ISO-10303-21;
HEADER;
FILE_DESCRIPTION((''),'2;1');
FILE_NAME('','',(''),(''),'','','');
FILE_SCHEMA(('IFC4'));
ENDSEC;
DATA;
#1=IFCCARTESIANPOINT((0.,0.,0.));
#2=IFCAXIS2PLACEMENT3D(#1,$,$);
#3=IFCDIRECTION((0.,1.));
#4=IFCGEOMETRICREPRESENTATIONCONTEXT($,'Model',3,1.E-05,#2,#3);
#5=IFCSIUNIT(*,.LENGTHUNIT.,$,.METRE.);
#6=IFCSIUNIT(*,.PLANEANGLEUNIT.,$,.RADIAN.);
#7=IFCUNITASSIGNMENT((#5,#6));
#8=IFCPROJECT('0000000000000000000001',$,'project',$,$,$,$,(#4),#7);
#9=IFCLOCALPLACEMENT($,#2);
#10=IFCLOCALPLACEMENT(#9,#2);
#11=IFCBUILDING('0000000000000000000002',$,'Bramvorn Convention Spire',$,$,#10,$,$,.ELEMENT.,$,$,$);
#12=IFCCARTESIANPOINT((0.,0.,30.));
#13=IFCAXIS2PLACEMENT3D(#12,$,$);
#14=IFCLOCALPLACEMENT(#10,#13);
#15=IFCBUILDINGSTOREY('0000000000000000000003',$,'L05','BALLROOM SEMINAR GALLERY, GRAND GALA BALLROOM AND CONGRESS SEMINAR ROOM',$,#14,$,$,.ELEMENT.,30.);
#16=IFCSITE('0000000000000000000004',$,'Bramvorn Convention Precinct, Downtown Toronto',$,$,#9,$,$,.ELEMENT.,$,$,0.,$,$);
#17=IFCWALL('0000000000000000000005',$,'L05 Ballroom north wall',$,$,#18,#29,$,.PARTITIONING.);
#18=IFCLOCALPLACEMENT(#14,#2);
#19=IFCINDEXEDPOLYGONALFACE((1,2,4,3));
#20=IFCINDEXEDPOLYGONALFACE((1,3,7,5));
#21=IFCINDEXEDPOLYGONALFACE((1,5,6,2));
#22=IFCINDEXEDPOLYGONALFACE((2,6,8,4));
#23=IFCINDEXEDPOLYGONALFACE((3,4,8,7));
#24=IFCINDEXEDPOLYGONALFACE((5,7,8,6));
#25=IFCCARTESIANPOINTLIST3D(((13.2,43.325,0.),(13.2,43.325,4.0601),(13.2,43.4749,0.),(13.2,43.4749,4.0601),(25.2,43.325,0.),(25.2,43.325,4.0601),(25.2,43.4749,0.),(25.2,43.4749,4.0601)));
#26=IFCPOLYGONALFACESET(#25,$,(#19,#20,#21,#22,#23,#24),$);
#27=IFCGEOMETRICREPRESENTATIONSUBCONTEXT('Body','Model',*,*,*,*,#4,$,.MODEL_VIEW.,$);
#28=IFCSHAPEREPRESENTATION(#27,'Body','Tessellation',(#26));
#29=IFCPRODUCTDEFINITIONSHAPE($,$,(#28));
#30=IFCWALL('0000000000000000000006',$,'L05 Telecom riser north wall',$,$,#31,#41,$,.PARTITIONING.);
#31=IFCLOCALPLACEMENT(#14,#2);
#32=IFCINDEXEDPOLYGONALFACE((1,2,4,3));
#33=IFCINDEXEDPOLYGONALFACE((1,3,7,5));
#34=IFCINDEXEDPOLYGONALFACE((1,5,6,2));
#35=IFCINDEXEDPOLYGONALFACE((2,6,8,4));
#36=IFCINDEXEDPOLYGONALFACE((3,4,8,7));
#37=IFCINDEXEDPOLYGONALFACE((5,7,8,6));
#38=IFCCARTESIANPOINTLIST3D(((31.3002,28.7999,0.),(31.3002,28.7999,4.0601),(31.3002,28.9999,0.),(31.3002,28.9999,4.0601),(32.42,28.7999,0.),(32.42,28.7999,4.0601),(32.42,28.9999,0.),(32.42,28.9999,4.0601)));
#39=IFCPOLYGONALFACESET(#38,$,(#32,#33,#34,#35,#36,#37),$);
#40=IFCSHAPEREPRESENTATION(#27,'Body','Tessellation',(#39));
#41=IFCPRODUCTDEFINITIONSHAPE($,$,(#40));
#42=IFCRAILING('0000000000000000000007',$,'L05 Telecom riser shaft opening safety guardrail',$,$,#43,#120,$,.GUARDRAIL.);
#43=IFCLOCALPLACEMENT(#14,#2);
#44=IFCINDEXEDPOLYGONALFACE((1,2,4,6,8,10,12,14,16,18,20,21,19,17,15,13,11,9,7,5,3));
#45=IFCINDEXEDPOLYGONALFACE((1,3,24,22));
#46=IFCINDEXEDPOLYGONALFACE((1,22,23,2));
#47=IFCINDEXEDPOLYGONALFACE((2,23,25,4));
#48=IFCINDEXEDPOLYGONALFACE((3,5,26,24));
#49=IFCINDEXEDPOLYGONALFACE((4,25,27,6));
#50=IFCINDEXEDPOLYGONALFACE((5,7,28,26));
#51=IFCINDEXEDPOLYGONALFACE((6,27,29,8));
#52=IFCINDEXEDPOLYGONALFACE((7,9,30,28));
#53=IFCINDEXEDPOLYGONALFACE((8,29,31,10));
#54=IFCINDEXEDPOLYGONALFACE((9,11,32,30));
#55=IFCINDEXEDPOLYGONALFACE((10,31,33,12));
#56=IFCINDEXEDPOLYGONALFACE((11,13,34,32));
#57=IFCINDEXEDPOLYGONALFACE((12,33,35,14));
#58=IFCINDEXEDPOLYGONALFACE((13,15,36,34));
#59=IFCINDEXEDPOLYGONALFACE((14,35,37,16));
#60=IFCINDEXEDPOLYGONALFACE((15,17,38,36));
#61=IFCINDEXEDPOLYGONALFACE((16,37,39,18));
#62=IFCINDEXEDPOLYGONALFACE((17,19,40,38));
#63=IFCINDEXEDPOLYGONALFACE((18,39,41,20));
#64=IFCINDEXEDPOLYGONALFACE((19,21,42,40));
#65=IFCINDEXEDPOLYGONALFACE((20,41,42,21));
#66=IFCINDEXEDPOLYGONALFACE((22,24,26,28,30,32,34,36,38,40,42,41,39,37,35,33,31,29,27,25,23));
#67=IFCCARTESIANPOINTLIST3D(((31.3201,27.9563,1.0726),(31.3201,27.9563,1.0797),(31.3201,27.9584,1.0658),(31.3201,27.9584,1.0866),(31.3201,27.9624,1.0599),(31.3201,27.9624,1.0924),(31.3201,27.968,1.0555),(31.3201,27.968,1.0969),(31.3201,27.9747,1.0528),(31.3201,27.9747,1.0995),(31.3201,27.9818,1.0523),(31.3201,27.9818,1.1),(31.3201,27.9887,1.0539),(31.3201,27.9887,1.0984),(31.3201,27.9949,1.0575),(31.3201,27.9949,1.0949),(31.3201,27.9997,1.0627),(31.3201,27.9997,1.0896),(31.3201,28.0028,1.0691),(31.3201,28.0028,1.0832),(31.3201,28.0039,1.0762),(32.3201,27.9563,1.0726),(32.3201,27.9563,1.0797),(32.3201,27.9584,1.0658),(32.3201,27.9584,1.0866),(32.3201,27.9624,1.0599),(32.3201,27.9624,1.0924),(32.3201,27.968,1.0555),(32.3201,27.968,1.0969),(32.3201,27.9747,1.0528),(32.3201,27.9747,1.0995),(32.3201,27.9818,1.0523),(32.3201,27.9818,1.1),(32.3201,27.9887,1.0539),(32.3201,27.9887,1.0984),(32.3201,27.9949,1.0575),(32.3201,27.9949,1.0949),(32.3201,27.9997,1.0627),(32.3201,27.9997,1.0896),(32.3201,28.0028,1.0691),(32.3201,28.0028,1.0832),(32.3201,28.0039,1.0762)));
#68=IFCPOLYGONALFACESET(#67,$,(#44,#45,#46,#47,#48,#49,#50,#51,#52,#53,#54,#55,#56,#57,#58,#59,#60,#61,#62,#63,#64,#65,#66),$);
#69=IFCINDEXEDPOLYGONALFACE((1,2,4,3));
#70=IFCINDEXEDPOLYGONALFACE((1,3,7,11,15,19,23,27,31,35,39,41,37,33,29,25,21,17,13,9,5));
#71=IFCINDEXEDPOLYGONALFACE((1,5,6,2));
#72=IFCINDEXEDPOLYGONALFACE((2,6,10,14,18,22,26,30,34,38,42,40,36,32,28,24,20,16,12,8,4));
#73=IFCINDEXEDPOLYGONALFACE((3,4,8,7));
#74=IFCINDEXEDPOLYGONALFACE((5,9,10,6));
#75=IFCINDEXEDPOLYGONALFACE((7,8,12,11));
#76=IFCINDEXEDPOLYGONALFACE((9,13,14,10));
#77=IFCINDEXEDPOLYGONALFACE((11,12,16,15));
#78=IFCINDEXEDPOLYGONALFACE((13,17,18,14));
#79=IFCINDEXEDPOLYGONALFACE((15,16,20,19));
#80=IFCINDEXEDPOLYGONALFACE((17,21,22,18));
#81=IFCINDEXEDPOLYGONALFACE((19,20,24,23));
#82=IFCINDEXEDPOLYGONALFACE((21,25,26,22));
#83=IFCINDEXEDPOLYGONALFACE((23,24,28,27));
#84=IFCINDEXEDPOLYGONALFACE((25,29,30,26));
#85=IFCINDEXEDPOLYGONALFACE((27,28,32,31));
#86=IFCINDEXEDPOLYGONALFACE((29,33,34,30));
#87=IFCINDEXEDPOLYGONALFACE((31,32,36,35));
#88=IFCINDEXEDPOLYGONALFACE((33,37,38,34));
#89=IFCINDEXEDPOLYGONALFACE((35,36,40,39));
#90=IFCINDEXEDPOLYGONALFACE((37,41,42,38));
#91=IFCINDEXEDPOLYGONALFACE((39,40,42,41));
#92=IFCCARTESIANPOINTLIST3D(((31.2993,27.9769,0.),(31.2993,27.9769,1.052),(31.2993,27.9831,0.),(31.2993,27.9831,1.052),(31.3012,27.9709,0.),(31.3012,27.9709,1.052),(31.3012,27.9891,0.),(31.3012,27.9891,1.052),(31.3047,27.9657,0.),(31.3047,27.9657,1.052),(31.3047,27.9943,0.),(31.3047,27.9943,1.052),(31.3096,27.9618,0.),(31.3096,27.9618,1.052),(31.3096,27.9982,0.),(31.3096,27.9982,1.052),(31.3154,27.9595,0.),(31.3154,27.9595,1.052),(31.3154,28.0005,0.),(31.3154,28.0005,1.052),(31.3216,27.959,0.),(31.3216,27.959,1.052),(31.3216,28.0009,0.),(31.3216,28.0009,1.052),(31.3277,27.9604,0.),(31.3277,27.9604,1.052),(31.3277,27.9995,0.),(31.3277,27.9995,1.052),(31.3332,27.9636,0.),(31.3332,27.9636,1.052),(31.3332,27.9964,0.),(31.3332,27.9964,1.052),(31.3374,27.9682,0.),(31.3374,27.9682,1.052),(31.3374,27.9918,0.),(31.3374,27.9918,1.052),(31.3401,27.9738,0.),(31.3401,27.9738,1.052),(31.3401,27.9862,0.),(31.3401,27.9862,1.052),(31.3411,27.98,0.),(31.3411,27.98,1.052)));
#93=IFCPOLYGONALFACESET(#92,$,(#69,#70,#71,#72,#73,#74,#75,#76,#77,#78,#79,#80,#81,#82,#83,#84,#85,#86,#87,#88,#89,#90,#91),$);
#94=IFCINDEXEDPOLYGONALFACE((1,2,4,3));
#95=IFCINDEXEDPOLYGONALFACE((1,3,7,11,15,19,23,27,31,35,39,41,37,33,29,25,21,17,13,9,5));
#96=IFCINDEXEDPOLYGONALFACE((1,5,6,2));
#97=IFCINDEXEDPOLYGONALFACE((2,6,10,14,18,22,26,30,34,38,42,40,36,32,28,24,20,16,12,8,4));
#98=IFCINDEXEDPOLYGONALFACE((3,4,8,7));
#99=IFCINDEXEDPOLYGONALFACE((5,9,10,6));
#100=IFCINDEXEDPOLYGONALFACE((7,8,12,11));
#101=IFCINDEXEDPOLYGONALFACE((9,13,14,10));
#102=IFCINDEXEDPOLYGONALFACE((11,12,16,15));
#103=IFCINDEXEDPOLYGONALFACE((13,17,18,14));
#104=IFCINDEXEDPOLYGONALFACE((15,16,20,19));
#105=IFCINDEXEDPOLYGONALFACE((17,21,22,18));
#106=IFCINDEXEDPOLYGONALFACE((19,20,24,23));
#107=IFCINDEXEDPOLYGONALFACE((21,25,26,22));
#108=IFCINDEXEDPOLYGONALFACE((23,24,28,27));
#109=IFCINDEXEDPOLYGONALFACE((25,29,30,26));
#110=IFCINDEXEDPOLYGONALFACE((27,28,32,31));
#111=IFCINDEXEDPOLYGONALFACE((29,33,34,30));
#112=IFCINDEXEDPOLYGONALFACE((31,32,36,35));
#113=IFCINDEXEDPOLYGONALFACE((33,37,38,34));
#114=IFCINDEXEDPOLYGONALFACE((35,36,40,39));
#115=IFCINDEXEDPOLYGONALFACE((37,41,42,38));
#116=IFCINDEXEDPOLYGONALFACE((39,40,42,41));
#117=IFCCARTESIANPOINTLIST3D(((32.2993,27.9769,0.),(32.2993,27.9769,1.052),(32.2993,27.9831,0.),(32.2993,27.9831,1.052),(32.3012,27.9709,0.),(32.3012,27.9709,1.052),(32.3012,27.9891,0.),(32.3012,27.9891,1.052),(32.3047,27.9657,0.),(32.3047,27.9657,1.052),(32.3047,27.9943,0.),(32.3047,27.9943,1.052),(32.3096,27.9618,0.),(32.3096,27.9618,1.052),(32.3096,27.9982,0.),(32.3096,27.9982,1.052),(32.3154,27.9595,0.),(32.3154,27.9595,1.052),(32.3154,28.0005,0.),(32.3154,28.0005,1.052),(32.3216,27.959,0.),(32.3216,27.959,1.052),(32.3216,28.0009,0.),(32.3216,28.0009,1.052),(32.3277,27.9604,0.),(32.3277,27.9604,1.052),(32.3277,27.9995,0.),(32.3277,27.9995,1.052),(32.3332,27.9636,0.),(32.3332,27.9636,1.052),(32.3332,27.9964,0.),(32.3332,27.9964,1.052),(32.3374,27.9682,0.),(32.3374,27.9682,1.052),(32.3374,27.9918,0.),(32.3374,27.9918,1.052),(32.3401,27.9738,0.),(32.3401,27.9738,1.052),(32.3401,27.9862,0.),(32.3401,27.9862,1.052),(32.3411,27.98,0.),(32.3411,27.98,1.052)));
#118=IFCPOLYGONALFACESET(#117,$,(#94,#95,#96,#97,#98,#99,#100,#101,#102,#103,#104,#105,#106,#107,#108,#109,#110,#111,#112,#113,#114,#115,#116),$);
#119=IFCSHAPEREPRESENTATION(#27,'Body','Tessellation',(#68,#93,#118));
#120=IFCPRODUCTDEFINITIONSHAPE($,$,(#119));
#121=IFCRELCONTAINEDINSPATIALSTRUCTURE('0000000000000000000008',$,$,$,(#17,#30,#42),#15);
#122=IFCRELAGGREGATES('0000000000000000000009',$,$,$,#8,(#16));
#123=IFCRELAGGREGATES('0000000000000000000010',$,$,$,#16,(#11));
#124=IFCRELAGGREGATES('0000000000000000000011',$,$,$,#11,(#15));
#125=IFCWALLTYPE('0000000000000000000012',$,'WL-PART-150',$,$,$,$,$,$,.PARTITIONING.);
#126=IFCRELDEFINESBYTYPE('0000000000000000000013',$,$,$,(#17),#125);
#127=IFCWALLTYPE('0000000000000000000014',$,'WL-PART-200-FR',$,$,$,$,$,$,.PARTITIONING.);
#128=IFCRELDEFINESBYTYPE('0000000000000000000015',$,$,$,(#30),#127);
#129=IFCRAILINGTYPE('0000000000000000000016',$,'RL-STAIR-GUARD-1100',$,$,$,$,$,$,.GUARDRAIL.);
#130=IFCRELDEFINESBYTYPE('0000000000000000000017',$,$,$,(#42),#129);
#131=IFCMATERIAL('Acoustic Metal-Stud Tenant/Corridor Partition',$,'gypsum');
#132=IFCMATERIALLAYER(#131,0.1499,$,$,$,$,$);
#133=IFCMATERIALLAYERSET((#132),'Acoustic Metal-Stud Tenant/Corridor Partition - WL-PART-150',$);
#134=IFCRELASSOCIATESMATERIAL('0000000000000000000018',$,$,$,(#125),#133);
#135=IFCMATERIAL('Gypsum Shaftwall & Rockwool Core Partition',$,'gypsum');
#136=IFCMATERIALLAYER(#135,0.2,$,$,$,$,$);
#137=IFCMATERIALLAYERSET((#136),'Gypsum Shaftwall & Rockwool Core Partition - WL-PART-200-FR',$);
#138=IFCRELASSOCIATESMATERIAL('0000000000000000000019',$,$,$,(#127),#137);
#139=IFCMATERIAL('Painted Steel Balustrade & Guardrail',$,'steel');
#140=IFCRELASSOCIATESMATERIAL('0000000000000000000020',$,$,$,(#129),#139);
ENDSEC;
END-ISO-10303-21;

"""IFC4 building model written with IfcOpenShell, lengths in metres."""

from ifc_helpers import new_model, si_unit, direction, frame, frame_2d, origin, origin_2d, place, context, subcontext, project, spatial, rectangle, circle, extrude, material, layer, layer_set, type_object, element, save


model = new_model("IFC4")

# Units and contexts
model_context = context("Model", 3, precision=1e-05, world=origin(), true_north=direction((0.0, 1.0)))
body_context = subcontext(model_context, "Body", "Model", "MODEL_VIEW")
ifc_project = project(units=[si_unit("LENGTHUNIT", "METRE"), si_unit("PLANEANGLEUNIT", "RADIAN")], contexts=[model_context])

# Site, building, storey
site_placement = place(None, origin())
site = spatial("IfcSite", under=ifc_project, at=site_placement, Name="Bramvorn Convention Precinct, Downtown Toronto", CompositionType="ELEMENT", RefElevation=0.0)
building_placement = place(site_placement, origin())
building = spatial("IfcBuilding", under=site, at=building_placement, Name="Bramvorn Convention Spire", CompositionType="ELEMENT")
storey_placement = place(building_placement, frame((0.0, 0.0, 30.0)))
storey = spatial("IfcBuildingStorey", under=building, at=storey_placement, Name="L05", Description="BALLROOM SEMINAR GALLERY, GRAND GALA BALLROOM AND CONGRESS SEMINAR ROOM", CompositionType="ELEMENT", Elevation=30.0)

# Walls
ifc_material_1 = material(Name="Acoustic Metal-Stud Tenant/Corridor Partition", Category="gypsum")
ifc_layer_1 = layer(ifc_material_1, 0.1499)
ifc_layer_set_1 = layer_set([ifc_layer_1], Name="Acoustic Metal-Stud Tenant/Corridor Partition - WL-PART-150")
wall_type_1 = type_object("IfcWallType", Name="WL-PART-150", PredefinedType="PARTITIONING", material=ifc_layer_set_1)
wall_1_placement = place(storey_placement, frame((13.2, 43.3999, 0.0), z_axis=(0.0, 0.0, 1.0), x_axis=(1.0, 0.0, 0.0)))
element("IfcWall", 1, at=wall_1_placement, inside=storey, type_object=wall_type_1, Name="L05 Ballroom north wall", PredefinedType="PARTITIONING", context=body_context, shape_type="SweptSolid", body=[
    extrude(rectangle(XDim=12.0, YDim=0.1499, at=frame_2d((6.0, 0.0))), origin(), (0.0, 0.0, 1.0), 4.0601),
])
ifc_material_2 = material(Name="Gypsum Shaftwall & Rockwool Core Partition", Category="gypsum")
ifc_layer_2 = layer(ifc_material_2, 0.2)
ifc_layer_set_2 = layer_set([ifc_layer_2], Name="Gypsum Shaftwall & Rockwool Core Partition - WL-PART-200-FR")
wall_type_2 = type_object("IfcWallType", Name="WL-PART-200-FR", PredefinedType="PARTITIONING", material=ifc_layer_set_2)
wall_2_placement = place(storey_placement, frame((31.3, 28.8999, 0.0), z_axis=(0.0, 0.0, 1.0), x_axis=(1.0, 0.0, 0.0)))
element("IfcWall", 2, at=wall_2_placement, inside=storey, type_object=wall_type_2, Name="L05 Telecom riser north wall", PredefinedType="PARTITIONING", context=body_context, shape_type="SweptSolid", body=[
    extrude(rectangle(XDim=1.1199, YDim=0.2, at=frame_2d((0.5601, 0.0))), origin(), (0.0, 0.0, 1.0), 4.0601),
])

# Railing
ifc_material_3 = material(Name="Painted Steel Balustrade & Guardrail", Category="steel")
railing_type = type_object("IfcRailingType", Name="RL-STAIR-GUARD-1100", PredefinedType="GUARDRAIL", material=ifc_material_3)
railing_placement = place(storey_placement, frame((31.3201, 27.98, 0.0)))
element("IfcRailing", 3, at=railing_placement, inside=storey, type_object=railing_type, Name="L05 Telecom riser shaft opening safety guardrail", PredefinedType="GUARDRAIL", context=body_context, shape_type="SweptSolid", body=[
    extrude(circle(Radius=0.0239, at=origin_2d()), frame((0.0, 0.0, 1.0762), z_axis=(1.0, 0.0, 0.0), x_axis=(0.0, 1.0, 0.0)), (0.0, 0.0, 1.0), 1.0),
    extrude(circle(Radius=0.021, at=origin_2d()), origin(), (0.0, 0.0, 1.0), 1.052),
    extrude(circle(Radius=0.021, at=origin_2d()), frame((1.0, 0.0, 0.0)), (0.0, 0.0, 1.0), 1.052),
])

save(model, "model.ifc")
